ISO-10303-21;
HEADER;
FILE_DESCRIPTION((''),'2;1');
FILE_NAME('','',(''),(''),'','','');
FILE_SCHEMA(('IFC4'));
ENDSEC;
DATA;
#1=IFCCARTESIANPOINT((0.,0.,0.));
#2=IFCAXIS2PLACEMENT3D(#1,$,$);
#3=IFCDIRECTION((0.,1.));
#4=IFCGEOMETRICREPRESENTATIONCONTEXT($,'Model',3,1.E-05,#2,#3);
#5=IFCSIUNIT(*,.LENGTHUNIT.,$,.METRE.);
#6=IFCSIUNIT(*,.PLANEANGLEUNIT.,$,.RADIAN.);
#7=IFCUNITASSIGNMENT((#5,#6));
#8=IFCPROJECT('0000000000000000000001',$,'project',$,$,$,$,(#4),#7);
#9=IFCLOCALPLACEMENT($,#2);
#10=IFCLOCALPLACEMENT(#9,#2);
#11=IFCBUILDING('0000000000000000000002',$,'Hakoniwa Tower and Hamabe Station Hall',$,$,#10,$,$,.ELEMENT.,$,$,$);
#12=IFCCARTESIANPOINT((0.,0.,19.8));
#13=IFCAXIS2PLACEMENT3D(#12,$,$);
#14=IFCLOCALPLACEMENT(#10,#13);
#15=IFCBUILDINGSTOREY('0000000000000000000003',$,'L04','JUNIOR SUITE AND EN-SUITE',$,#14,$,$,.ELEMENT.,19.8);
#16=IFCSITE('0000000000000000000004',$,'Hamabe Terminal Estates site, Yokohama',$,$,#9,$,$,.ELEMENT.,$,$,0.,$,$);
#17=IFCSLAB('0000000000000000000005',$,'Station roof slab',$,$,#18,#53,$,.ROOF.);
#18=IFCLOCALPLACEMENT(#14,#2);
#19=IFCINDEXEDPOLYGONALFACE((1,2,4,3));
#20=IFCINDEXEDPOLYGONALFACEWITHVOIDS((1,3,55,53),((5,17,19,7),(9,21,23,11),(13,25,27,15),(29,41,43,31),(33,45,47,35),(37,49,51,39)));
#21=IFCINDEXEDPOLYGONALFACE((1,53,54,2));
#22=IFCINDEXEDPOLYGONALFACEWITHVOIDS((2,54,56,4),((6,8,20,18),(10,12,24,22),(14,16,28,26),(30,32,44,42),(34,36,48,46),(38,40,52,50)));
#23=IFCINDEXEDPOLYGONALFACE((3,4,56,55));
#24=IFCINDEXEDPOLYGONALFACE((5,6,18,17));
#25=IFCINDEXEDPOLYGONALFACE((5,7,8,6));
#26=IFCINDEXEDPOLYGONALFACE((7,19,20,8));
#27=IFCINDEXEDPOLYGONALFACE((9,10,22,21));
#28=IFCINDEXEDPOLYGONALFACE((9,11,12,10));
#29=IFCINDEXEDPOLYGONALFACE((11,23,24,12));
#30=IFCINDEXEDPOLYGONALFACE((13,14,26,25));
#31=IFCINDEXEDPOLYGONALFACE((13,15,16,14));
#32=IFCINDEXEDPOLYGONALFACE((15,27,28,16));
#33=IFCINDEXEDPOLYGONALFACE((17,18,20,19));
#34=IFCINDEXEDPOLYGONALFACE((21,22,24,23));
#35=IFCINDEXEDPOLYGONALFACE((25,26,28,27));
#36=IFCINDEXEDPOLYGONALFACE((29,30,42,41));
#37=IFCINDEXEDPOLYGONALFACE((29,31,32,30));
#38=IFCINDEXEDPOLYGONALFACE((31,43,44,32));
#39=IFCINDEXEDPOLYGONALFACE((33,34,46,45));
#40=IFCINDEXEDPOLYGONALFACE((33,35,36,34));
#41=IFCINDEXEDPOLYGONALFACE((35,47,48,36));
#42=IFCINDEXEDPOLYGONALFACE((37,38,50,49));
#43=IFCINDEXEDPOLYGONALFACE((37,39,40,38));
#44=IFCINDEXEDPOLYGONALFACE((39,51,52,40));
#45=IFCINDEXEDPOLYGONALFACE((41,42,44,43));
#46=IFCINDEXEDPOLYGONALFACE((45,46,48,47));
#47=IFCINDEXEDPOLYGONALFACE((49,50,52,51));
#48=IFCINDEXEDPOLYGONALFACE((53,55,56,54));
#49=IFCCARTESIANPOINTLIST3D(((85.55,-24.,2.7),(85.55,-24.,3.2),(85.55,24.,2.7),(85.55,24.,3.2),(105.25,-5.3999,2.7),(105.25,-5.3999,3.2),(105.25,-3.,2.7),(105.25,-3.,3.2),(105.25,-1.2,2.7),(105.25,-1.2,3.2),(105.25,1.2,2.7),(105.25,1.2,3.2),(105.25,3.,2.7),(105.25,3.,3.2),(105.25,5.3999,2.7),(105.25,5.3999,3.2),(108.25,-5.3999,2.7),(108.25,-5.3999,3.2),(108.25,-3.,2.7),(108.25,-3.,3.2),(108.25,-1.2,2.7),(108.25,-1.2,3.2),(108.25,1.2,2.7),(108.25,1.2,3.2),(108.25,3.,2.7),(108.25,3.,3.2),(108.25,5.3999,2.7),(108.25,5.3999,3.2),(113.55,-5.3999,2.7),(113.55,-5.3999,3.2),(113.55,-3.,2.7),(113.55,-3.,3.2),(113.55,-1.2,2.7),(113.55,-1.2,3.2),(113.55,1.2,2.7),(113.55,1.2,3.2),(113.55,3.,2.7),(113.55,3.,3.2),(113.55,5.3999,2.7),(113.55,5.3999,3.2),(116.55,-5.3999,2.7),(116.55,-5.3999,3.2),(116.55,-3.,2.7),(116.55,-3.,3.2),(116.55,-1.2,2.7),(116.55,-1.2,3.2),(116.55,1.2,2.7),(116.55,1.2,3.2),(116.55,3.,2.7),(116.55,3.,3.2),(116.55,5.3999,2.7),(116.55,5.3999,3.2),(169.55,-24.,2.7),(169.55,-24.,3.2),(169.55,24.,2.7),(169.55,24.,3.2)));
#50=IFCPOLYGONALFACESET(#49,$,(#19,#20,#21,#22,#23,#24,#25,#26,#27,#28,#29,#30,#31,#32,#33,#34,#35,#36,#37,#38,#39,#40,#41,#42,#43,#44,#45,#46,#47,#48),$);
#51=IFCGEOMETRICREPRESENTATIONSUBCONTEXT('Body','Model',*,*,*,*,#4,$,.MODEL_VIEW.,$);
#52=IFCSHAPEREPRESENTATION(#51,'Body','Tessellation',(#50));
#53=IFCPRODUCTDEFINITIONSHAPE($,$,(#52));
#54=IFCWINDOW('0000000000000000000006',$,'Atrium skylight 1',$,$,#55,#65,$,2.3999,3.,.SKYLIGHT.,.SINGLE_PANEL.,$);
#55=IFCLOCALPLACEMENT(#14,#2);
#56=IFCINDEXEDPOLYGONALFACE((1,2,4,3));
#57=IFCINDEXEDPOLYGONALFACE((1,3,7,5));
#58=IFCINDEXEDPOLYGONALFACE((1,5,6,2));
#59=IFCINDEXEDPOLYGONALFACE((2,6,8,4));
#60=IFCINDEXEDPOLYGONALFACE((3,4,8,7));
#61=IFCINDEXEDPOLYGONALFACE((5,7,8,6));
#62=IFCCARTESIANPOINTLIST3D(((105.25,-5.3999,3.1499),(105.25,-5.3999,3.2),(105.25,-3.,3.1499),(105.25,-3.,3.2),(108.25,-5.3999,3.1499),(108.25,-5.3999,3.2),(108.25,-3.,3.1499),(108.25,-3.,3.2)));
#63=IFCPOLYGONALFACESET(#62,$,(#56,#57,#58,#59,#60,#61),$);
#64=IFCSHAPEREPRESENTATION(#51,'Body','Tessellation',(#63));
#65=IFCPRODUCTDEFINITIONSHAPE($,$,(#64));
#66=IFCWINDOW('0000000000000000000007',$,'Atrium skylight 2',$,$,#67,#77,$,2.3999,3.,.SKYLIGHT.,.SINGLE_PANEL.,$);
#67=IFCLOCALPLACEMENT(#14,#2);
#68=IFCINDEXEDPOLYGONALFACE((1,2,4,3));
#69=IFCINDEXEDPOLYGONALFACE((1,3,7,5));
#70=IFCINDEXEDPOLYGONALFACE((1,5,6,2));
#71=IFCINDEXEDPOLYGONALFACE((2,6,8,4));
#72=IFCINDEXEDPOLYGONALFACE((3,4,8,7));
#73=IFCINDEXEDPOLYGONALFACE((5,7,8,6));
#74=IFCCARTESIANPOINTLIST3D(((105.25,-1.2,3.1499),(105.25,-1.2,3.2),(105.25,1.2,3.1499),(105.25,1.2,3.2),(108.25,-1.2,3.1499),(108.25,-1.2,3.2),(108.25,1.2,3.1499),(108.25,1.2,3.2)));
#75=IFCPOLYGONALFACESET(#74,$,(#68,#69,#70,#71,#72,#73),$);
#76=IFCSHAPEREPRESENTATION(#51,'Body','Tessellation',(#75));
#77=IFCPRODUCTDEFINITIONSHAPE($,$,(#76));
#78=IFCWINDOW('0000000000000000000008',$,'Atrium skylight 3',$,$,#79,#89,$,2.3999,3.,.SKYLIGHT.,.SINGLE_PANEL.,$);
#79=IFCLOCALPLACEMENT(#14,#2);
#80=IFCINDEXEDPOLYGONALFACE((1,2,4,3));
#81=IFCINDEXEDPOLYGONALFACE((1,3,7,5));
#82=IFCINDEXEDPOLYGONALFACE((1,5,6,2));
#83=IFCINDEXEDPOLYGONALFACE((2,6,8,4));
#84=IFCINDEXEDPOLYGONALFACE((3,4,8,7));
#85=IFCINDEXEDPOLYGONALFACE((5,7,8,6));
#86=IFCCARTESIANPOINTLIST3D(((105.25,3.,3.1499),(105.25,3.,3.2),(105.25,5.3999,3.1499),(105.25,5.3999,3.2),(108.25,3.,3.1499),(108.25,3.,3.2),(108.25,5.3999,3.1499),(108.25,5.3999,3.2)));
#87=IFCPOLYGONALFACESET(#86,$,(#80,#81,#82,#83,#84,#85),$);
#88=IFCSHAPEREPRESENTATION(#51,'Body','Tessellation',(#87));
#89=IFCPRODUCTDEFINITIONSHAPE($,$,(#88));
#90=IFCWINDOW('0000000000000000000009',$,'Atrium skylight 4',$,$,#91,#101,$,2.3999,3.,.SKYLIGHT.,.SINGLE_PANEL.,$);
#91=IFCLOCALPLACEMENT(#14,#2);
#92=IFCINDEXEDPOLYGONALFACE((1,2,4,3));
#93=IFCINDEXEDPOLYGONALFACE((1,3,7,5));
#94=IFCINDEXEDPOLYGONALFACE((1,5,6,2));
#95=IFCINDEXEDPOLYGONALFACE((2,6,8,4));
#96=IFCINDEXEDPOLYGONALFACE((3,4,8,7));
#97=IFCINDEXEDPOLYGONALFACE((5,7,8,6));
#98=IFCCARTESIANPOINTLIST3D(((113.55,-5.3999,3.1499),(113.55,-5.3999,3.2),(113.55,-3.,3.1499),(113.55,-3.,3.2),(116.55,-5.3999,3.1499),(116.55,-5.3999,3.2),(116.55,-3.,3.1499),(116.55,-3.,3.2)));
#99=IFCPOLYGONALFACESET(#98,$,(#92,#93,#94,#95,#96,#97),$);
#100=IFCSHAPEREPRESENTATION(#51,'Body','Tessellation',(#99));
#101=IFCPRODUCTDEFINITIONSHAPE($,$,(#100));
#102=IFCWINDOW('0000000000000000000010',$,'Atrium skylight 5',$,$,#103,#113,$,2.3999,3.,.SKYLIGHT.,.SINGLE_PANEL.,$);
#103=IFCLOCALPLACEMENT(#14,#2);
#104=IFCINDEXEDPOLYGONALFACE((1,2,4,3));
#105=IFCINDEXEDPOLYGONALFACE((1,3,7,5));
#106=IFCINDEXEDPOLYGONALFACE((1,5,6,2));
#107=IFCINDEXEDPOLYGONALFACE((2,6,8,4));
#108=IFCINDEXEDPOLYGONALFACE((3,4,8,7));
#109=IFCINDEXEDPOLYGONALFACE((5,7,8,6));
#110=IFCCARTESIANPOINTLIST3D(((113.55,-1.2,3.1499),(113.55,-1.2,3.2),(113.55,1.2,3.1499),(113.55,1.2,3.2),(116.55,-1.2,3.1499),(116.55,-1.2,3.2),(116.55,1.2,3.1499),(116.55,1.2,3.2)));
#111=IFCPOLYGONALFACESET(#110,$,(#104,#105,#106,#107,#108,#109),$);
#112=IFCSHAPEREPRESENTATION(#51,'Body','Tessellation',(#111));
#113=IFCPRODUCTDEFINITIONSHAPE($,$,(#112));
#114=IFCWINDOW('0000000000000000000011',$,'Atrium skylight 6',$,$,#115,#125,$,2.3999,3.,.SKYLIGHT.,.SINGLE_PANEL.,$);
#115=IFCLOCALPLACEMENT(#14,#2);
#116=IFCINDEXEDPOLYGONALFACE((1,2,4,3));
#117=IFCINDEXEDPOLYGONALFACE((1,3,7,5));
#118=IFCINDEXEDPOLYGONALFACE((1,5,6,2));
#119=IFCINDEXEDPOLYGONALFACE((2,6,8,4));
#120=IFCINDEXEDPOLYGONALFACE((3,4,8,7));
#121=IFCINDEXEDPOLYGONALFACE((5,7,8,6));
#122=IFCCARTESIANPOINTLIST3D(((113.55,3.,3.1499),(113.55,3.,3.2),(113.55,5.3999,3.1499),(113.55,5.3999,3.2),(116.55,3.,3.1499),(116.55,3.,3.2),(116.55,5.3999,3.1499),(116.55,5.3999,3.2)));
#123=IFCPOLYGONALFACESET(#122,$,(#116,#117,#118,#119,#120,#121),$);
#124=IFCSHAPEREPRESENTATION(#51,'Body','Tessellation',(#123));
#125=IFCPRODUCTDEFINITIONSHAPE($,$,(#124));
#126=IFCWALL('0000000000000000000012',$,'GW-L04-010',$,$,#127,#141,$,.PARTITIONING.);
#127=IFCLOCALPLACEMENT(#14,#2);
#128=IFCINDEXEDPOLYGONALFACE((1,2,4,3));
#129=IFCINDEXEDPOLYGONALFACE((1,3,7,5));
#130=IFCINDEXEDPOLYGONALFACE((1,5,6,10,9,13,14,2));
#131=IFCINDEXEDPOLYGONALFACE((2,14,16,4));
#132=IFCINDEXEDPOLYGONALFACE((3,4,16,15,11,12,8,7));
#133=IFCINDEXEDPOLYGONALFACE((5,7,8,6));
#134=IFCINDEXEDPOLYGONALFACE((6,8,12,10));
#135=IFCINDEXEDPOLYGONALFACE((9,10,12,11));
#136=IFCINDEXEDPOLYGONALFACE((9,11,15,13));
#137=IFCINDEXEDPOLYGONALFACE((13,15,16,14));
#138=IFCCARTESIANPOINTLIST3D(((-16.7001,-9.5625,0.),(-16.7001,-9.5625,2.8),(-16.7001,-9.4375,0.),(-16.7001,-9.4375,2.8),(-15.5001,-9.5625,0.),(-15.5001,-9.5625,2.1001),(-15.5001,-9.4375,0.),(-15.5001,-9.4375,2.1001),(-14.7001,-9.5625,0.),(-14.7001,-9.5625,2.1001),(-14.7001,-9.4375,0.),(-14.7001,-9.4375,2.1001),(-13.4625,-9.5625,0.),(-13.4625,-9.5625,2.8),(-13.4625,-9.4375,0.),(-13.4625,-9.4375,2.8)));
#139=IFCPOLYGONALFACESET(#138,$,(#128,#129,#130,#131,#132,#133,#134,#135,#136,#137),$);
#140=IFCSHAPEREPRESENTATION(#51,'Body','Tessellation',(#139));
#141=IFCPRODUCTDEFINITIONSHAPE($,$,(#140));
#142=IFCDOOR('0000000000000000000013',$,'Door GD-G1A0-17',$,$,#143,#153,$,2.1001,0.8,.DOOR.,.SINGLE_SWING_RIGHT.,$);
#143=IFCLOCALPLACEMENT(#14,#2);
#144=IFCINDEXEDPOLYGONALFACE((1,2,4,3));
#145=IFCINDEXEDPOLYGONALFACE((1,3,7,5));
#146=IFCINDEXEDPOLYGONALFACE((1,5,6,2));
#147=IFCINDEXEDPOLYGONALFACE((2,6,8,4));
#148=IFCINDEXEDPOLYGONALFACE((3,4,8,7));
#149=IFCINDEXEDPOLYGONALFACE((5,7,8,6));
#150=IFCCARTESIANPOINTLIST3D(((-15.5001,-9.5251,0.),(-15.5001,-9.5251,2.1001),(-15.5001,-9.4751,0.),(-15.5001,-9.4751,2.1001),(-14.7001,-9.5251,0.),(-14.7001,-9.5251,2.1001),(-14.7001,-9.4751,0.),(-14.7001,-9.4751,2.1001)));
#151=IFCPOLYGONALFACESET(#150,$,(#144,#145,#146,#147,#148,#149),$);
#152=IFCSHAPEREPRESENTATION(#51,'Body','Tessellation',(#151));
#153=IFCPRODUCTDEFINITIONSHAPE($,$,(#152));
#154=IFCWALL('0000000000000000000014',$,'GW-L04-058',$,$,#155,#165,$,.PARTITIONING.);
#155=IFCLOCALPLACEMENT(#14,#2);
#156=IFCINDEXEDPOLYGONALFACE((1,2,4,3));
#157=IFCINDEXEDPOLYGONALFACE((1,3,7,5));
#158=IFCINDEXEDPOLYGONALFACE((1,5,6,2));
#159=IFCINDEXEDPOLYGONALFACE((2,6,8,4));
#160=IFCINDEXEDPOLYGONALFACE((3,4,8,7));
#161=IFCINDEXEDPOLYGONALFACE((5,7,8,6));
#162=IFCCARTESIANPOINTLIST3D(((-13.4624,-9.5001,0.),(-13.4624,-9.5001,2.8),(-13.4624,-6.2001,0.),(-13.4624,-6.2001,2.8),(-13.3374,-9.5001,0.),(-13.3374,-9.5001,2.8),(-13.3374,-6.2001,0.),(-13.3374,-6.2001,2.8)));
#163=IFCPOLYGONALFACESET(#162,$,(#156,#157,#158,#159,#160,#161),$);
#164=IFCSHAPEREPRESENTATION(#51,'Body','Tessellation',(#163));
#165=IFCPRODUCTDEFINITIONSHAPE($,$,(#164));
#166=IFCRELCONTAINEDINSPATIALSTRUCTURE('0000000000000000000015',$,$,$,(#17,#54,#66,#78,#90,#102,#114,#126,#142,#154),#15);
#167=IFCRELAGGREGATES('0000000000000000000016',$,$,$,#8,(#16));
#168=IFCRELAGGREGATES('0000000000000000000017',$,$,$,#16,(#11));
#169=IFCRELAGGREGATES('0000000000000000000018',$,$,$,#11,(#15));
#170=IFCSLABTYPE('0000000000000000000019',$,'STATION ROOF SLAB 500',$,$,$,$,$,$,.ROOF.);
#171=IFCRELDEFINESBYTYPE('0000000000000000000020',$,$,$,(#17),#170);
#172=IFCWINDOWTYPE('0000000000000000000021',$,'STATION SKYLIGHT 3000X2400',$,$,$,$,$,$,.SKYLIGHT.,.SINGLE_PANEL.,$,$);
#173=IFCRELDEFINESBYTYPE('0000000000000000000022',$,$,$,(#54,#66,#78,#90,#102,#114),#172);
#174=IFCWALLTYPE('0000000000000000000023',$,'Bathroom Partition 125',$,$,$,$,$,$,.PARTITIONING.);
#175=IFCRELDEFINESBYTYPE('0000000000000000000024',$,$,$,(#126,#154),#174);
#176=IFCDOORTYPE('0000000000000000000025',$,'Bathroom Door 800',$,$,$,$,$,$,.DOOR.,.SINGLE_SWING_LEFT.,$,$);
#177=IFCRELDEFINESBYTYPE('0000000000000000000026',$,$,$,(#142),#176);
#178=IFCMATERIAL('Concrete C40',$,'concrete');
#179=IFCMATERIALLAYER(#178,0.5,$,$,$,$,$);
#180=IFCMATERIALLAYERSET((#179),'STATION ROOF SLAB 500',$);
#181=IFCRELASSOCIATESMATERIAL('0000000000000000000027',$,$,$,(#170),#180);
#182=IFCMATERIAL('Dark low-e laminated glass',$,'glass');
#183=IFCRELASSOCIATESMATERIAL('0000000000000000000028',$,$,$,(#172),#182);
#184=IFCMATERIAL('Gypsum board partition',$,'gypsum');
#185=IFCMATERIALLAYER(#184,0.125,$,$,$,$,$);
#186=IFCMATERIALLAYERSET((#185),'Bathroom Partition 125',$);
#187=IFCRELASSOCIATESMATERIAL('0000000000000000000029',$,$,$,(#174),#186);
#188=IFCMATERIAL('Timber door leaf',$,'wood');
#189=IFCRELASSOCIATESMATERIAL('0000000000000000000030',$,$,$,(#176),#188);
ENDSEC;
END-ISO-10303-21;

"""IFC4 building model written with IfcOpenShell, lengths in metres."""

from ifc_helpers import new_model, si_unit, direction, frame, frame_2d, origin, origin_2d, place, context, subcontext, project, spatial, polyline, rectangle, outline, extrude, material, layer, layer_set, type_object, element, fill, save


model = new_model("IFC4")

# Units and contexts
model_context = context("Model", 3, precision=1e-05, world=origin(), true_north=direction((0.0, 1.0)))
body_context = subcontext(model_context, "Body", "Model", "MODEL_VIEW")
ifc_project = project(units=[si_unit("LENGTHUNIT", "METRE"), si_unit("PLANEANGLEUNIT", "RADIAN")], contexts=[model_context])

# Site, building, storey
site_placement = place(None, origin())
site = spatial("IfcSite", under=ifc_project, at=site_placement, Name="Hamabe Terminal Estates site, Yokohama", CompositionType="ELEMENT", RefElevation=0.0)
building_placement = place(site_placement, origin())
building = spatial("IfcBuilding", under=site, at=building_placement, Name="Hakoniwa Tower and Hamabe Station Hall", CompositionType="ELEMENT")
storey_placement = place(building_placement, frame((0.0, 0.0, 19.8)))
storey = spatial("IfcBuildingStorey", under=building, at=storey_placement, Name="L04", Description="JUNIOR SUITE AND EN-SUITE", CompositionType="ELEMENT", Elevation=19.8)

# Slab, openings, windows
ifc_material_1 = material(Name="Concrete C40", Category="concrete")
ifc_layer_1 = layer(ifc_material_1, 0.5)
ifc_layer_set_1 = layer_set([ifc_layer_1], Name="STATION ROOF SLAB 500")
slab_type_1 = type_object("IfcSlabType", Name="STATION ROOF SLAB 500", PredefinedType="ROOF", material=ifc_layer_set_1)
slab_1_placement = place(storey_placement, frame((0.0, 0.0, 2.7)))
slab_1 = element("IfcSlab", 1, at=slab_1_placement, inside=storey, type_object=slab_type_1, Name="Station roof slab", PredefinedType="ROOF", context=body_context, shape_type="SweptSolid", body=[
    extrude(outline(polyline([(169.55, -24.0), (169.55, 24.0), (85.55, 24.0), (85.55, -24.0), (169.55, -24.0)])), origin(), (0.0, 0.0, 1.0), 0.5),
])
opening_1_placement = place(slab_1_placement, frame((106.75, -4.2, 0.0)))
opening_1 = element("IfcOpeningElement", 2, at=opening_1_placement, cuts=slab_1, PredefinedType="OPENING", context=body_context, shape_type="SweptSolid", body=[
    extrude(rectangle(XDim=3.0, YDim=2.3999, at=origin_2d()), origin(), (0.0, 0.0, 1.0), 0.5),
])
opening_2_placement = place(slab_1_placement, frame((106.75, 0.0, 0.0)))
opening_2 = element("IfcOpeningElement", 3, at=opening_2_placement, cuts=slab_1, PredefinedType="OPENING", context=body_context, shape_type="SweptSolid", body=[
    extrude(rectangle(XDim=3.0, YDim=2.3999, at=origin_2d()), origin(), (0.0, 0.0, 1.0), 0.5),
])
opening_3_placement = place(slab_1_placement, frame((106.75, 4.2, 0.0)))
opening_3 = element("IfcOpeningElement", 4, at=opening_3_placement, cuts=slab_1, PredefinedType="OPENING", context=body_context, shape_type="SweptSolid", body=[
    extrude(rectangle(XDim=3.0, YDim=2.3999, at=origin_2d()), origin(), (0.0, 0.0, 1.0), 0.5),
])
opening_4_placement = place(slab_1_placement, frame((115.05, -4.2, 0.0)))
opening_4 = element("IfcOpeningElement", 5, at=opening_4_placement, cuts=slab_1, PredefinedType="OPENING", context=body_context, shape_type="SweptSolid", body=[
    extrude(rectangle(XDim=3.0, YDim=2.3999, at=origin_2d()), origin(), (0.0, 0.0, 1.0), 0.5),
])
opening_5_placement = place(slab_1_placement, frame((115.05, 0.0, 0.0)))
opening_5 = element("IfcOpeningElement", 6, at=opening_5_placement, cuts=slab_1, PredefinedType="OPENING", context=body_context, shape_type="SweptSolid", body=[
    extrude(rectangle(XDim=3.0, YDim=2.3999, at=origin_2d()), origin(), (0.0, 0.0, 1.0), 0.5),
])
opening_6_placement = place(slab_1_placement, frame((115.05, 4.2, 0.0)))
opening_6 = element("IfcOpeningElement", 7, at=opening_6_placement, cuts=slab_1, PredefinedType="OPENING", context=body_context, shape_type="SweptSolid", body=[
    extrude(rectangle(XDim=3.0, YDim=2.3999, at=origin_2d()), origin(), (0.0, 0.0, 1.0), 0.5),
])
ifc_material_2 = material(Name="Dark low-e laminated glass", Category="glass")
window_type = type_object("IfcWindowType", Name="STATION SKYLIGHT 3000X2400", PartitioningType="SINGLE_PANEL", PredefinedType="SKYLIGHT", material=ifc_material_2)
window_1_placement = place(opening_1_placement, frame((0.0, 0.0, 0.45)))
window_1 = element("IfcWindow", 8, at=window_1_placement, inside=storey, type_object=window_type, Name="Atrium skylight 1", OverallHeight=2.3999, OverallWidth=3.0, PartitioningType="SINGLE_PANEL", PredefinedType="SKYLIGHT", context=body_context, shape_type="SweptSolid", body=[
    extrude(rectangle(XDim=3.0, YDim=2.3999, at=origin_2d()), origin(), (0.0, 0.0, 1.0), 0.05),
])
fill(opening_1, window_1)
window_2_placement = place(opening_2_placement, frame((0.0, 0.0, 0.45)))
window_2 = element("IfcWindow", 9, at=window_2_placement, inside=storey, type_object=window_type, Name="Atrium skylight 2", OverallHeight=2.3999, OverallWidth=3.0, PartitioningType="SINGLE_PANEL", PredefinedType="SKYLIGHT", context=body_context, shape_type="SweptSolid", body=[
    extrude(rectangle(XDim=3.0, YDim=2.3999, at=origin_2d()), origin(), (0.0, 0.0, 1.0), 0.05),
])
fill(opening_2, window_2)
window_3_placement = place(opening_3_placement, frame((0.0, 0.0, 0.45)))
window_3 = element("IfcWindow", 10, at=window_3_placement, inside=storey, type_object=window_type, Name="Atrium skylight 3", OverallHeight=2.3999, OverallWidth=3.0, PartitioningType="SINGLE_PANEL", PredefinedType="SKYLIGHT", context=body_context, shape_type="SweptSolid", body=[
    extrude(rectangle(XDim=3.0, YDim=2.3999, at=origin_2d()), origin(), (0.0, 0.0, 1.0), 0.05),
])
fill(opening_3, window_3)
window_4_placement = place(opening_4_placement, frame((0.0, 0.0, 0.45)))
window_4 = element("IfcWindow", 11, at=window_4_placement, inside=storey, type_object=window_type, Name="Atrium skylight 4", OverallHeight=2.3999, OverallWidth=3.0, PartitioningType="SINGLE_PANEL", PredefinedType="SKYLIGHT", context=body_context, shape_type="SweptSolid", body=[
    extrude(rectangle(XDim=3.0, YDim=2.3999, at=origin_2d()), origin(), (0.0, 0.0, 1.0), 0.05),
])
fill(opening_4, window_4)
window_5_placement = place(opening_5_placement, frame((0.0, 0.0, 0.45)))
window_5 = element("IfcWindow", 12, at=window_5_placement, inside=storey, type_object=window_type, Name="Atrium skylight 5", OverallHeight=2.3999, OverallWidth=3.0, PartitioningType="SINGLE_PANEL", PredefinedType="SKYLIGHT", context=body_context, shape_type="SweptSolid", body=[
    extrude(rectangle(XDim=3.0, YDim=2.3999, at=origin_2d()), origin(), (0.0, 0.0, 1.0), 0.05),
])
fill(opening_5, window_5)
window_6_placement = place(opening_6_placement, frame((0.0, 0.0, 0.45)))
window_6 = element("IfcWindow", 13, at=window_6_placement, inside=storey, type_object=window_type, Name="Atrium skylight 6", OverallHeight=2.3999, OverallWidth=3.0, PartitioningType="SINGLE_PANEL", PredefinedType="SKYLIGHT", context=body_context, shape_type="SweptSolid", body=[
    extrude(rectangle(XDim=3.0, YDim=2.3999, at=origin_2d()), origin(), (0.0, 0.0, 1.0), 0.05),
])
fill(opening_6, window_6)

# Wall, opening, door
ifc_material_3 = material(Name="Gypsum board partition", Category="gypsum")
ifc_layer_2 = layer(ifc_material_3, 0.125)
ifc_layer_set_2 = layer_set([ifc_layer_2], Name="Bathroom Partition 125")
wall_type_1 = type_object("IfcWallType", Name="Bathroom Partition 125", PredefinedType="PARTITIONING", material=ifc_layer_set_2)
wall_1_placement = place(storey_placement, frame((-16.7, -9.5, 0.0), z_axis=(0.0, 0.0, 1.0), x_axis=(1.0, 0.0, 0.0)))
wall_1 = element("IfcWall", 14, at=wall_1_placement, inside=storey, type_object=wall_type_1, Name="GW-L04-010", PredefinedType="PARTITIONING", context=body_context, shape_type="SweptSolid", body=[
    extrude(rectangle(XDim=3.2375, YDim=0.125, at=frame_2d((1.6187, 0.0))), origin(), (0.0, 0.0, 1.0), 2.8),
])
opening_7_placement = place(wall_1_placement, frame((1.2, 0.0, 0.0)))
opening_7 = element("IfcOpeningElement", 15, at=opening_7_placement, cuts=wall_1, PredefinedType="OPENING", context=body_context, shape_type="SweptSolid", body=[
    extrude(rectangle(XDim=0.8, YDim=2.1001, at=frame_2d((0.3999, 1.05))), frame((0.0, 0.0725, 0.0), z_axis=(0.0, -1.0, 0.0), x_axis=(1.0, 0.0, 0.0)), (0.0, 0.0, 1.0), 0.145),
])
ifc_material_4 = material(Name="Timber door leaf", Category="wood")
door_type = type_object("IfcDoorType", Name="Bathroom Door 800", OperationType="SINGLE_SWING_LEFT", PredefinedType="DOOR", material=ifc_material_4)
door_placement = place(opening_7_placement, origin())
door = element("IfcDoor", 16, at=door_placement, inside=storey, type_object=door_type, Name="Door GD-G1A0-17", OperationType="SINGLE_SWING_RIGHT", OverallHeight=2.1001, OverallWidth=0.8, PredefinedType="DOOR", context=body_context, shape_type="SweptSolid", body=[
    extrude(rectangle(XDim=0.8, YDim=2.1001, at=frame_2d((0.3999, 1.05))), frame((0.0, 0.0249, 0.0), z_axis=(0.0, -1.0, 0.0), x_axis=(1.0, 0.0, 0.0)), (0.0, 0.0, 1.0), 0.05),
])
fill(opening_7, door)

# Wall
for number, where, z_axis, x_axis, name in (
    (17, (-13.3999, -9.5, 0.0), (0.0, 0.0, 1.0), (0.0, 1.0, 0.0), "GW-L04-058"),
):
    element("IfcWall", number, at=place(storey_placement, frame(where, z_axis=z_axis, x_axis=x_axis)), inside=storey, type_object=wall_type_1, Name=name, PredefinedType="PARTITIONING", context=body_context, shape_type="SweptSolid", body=[
        extrude(rectangle(XDim=3.3, YDim=0.125, at=frame_2d((1.6499, 0.0))), origin(), (0.0, 0.0, 1.0), 2.8),
    ])

save(model, "model.ifc")
